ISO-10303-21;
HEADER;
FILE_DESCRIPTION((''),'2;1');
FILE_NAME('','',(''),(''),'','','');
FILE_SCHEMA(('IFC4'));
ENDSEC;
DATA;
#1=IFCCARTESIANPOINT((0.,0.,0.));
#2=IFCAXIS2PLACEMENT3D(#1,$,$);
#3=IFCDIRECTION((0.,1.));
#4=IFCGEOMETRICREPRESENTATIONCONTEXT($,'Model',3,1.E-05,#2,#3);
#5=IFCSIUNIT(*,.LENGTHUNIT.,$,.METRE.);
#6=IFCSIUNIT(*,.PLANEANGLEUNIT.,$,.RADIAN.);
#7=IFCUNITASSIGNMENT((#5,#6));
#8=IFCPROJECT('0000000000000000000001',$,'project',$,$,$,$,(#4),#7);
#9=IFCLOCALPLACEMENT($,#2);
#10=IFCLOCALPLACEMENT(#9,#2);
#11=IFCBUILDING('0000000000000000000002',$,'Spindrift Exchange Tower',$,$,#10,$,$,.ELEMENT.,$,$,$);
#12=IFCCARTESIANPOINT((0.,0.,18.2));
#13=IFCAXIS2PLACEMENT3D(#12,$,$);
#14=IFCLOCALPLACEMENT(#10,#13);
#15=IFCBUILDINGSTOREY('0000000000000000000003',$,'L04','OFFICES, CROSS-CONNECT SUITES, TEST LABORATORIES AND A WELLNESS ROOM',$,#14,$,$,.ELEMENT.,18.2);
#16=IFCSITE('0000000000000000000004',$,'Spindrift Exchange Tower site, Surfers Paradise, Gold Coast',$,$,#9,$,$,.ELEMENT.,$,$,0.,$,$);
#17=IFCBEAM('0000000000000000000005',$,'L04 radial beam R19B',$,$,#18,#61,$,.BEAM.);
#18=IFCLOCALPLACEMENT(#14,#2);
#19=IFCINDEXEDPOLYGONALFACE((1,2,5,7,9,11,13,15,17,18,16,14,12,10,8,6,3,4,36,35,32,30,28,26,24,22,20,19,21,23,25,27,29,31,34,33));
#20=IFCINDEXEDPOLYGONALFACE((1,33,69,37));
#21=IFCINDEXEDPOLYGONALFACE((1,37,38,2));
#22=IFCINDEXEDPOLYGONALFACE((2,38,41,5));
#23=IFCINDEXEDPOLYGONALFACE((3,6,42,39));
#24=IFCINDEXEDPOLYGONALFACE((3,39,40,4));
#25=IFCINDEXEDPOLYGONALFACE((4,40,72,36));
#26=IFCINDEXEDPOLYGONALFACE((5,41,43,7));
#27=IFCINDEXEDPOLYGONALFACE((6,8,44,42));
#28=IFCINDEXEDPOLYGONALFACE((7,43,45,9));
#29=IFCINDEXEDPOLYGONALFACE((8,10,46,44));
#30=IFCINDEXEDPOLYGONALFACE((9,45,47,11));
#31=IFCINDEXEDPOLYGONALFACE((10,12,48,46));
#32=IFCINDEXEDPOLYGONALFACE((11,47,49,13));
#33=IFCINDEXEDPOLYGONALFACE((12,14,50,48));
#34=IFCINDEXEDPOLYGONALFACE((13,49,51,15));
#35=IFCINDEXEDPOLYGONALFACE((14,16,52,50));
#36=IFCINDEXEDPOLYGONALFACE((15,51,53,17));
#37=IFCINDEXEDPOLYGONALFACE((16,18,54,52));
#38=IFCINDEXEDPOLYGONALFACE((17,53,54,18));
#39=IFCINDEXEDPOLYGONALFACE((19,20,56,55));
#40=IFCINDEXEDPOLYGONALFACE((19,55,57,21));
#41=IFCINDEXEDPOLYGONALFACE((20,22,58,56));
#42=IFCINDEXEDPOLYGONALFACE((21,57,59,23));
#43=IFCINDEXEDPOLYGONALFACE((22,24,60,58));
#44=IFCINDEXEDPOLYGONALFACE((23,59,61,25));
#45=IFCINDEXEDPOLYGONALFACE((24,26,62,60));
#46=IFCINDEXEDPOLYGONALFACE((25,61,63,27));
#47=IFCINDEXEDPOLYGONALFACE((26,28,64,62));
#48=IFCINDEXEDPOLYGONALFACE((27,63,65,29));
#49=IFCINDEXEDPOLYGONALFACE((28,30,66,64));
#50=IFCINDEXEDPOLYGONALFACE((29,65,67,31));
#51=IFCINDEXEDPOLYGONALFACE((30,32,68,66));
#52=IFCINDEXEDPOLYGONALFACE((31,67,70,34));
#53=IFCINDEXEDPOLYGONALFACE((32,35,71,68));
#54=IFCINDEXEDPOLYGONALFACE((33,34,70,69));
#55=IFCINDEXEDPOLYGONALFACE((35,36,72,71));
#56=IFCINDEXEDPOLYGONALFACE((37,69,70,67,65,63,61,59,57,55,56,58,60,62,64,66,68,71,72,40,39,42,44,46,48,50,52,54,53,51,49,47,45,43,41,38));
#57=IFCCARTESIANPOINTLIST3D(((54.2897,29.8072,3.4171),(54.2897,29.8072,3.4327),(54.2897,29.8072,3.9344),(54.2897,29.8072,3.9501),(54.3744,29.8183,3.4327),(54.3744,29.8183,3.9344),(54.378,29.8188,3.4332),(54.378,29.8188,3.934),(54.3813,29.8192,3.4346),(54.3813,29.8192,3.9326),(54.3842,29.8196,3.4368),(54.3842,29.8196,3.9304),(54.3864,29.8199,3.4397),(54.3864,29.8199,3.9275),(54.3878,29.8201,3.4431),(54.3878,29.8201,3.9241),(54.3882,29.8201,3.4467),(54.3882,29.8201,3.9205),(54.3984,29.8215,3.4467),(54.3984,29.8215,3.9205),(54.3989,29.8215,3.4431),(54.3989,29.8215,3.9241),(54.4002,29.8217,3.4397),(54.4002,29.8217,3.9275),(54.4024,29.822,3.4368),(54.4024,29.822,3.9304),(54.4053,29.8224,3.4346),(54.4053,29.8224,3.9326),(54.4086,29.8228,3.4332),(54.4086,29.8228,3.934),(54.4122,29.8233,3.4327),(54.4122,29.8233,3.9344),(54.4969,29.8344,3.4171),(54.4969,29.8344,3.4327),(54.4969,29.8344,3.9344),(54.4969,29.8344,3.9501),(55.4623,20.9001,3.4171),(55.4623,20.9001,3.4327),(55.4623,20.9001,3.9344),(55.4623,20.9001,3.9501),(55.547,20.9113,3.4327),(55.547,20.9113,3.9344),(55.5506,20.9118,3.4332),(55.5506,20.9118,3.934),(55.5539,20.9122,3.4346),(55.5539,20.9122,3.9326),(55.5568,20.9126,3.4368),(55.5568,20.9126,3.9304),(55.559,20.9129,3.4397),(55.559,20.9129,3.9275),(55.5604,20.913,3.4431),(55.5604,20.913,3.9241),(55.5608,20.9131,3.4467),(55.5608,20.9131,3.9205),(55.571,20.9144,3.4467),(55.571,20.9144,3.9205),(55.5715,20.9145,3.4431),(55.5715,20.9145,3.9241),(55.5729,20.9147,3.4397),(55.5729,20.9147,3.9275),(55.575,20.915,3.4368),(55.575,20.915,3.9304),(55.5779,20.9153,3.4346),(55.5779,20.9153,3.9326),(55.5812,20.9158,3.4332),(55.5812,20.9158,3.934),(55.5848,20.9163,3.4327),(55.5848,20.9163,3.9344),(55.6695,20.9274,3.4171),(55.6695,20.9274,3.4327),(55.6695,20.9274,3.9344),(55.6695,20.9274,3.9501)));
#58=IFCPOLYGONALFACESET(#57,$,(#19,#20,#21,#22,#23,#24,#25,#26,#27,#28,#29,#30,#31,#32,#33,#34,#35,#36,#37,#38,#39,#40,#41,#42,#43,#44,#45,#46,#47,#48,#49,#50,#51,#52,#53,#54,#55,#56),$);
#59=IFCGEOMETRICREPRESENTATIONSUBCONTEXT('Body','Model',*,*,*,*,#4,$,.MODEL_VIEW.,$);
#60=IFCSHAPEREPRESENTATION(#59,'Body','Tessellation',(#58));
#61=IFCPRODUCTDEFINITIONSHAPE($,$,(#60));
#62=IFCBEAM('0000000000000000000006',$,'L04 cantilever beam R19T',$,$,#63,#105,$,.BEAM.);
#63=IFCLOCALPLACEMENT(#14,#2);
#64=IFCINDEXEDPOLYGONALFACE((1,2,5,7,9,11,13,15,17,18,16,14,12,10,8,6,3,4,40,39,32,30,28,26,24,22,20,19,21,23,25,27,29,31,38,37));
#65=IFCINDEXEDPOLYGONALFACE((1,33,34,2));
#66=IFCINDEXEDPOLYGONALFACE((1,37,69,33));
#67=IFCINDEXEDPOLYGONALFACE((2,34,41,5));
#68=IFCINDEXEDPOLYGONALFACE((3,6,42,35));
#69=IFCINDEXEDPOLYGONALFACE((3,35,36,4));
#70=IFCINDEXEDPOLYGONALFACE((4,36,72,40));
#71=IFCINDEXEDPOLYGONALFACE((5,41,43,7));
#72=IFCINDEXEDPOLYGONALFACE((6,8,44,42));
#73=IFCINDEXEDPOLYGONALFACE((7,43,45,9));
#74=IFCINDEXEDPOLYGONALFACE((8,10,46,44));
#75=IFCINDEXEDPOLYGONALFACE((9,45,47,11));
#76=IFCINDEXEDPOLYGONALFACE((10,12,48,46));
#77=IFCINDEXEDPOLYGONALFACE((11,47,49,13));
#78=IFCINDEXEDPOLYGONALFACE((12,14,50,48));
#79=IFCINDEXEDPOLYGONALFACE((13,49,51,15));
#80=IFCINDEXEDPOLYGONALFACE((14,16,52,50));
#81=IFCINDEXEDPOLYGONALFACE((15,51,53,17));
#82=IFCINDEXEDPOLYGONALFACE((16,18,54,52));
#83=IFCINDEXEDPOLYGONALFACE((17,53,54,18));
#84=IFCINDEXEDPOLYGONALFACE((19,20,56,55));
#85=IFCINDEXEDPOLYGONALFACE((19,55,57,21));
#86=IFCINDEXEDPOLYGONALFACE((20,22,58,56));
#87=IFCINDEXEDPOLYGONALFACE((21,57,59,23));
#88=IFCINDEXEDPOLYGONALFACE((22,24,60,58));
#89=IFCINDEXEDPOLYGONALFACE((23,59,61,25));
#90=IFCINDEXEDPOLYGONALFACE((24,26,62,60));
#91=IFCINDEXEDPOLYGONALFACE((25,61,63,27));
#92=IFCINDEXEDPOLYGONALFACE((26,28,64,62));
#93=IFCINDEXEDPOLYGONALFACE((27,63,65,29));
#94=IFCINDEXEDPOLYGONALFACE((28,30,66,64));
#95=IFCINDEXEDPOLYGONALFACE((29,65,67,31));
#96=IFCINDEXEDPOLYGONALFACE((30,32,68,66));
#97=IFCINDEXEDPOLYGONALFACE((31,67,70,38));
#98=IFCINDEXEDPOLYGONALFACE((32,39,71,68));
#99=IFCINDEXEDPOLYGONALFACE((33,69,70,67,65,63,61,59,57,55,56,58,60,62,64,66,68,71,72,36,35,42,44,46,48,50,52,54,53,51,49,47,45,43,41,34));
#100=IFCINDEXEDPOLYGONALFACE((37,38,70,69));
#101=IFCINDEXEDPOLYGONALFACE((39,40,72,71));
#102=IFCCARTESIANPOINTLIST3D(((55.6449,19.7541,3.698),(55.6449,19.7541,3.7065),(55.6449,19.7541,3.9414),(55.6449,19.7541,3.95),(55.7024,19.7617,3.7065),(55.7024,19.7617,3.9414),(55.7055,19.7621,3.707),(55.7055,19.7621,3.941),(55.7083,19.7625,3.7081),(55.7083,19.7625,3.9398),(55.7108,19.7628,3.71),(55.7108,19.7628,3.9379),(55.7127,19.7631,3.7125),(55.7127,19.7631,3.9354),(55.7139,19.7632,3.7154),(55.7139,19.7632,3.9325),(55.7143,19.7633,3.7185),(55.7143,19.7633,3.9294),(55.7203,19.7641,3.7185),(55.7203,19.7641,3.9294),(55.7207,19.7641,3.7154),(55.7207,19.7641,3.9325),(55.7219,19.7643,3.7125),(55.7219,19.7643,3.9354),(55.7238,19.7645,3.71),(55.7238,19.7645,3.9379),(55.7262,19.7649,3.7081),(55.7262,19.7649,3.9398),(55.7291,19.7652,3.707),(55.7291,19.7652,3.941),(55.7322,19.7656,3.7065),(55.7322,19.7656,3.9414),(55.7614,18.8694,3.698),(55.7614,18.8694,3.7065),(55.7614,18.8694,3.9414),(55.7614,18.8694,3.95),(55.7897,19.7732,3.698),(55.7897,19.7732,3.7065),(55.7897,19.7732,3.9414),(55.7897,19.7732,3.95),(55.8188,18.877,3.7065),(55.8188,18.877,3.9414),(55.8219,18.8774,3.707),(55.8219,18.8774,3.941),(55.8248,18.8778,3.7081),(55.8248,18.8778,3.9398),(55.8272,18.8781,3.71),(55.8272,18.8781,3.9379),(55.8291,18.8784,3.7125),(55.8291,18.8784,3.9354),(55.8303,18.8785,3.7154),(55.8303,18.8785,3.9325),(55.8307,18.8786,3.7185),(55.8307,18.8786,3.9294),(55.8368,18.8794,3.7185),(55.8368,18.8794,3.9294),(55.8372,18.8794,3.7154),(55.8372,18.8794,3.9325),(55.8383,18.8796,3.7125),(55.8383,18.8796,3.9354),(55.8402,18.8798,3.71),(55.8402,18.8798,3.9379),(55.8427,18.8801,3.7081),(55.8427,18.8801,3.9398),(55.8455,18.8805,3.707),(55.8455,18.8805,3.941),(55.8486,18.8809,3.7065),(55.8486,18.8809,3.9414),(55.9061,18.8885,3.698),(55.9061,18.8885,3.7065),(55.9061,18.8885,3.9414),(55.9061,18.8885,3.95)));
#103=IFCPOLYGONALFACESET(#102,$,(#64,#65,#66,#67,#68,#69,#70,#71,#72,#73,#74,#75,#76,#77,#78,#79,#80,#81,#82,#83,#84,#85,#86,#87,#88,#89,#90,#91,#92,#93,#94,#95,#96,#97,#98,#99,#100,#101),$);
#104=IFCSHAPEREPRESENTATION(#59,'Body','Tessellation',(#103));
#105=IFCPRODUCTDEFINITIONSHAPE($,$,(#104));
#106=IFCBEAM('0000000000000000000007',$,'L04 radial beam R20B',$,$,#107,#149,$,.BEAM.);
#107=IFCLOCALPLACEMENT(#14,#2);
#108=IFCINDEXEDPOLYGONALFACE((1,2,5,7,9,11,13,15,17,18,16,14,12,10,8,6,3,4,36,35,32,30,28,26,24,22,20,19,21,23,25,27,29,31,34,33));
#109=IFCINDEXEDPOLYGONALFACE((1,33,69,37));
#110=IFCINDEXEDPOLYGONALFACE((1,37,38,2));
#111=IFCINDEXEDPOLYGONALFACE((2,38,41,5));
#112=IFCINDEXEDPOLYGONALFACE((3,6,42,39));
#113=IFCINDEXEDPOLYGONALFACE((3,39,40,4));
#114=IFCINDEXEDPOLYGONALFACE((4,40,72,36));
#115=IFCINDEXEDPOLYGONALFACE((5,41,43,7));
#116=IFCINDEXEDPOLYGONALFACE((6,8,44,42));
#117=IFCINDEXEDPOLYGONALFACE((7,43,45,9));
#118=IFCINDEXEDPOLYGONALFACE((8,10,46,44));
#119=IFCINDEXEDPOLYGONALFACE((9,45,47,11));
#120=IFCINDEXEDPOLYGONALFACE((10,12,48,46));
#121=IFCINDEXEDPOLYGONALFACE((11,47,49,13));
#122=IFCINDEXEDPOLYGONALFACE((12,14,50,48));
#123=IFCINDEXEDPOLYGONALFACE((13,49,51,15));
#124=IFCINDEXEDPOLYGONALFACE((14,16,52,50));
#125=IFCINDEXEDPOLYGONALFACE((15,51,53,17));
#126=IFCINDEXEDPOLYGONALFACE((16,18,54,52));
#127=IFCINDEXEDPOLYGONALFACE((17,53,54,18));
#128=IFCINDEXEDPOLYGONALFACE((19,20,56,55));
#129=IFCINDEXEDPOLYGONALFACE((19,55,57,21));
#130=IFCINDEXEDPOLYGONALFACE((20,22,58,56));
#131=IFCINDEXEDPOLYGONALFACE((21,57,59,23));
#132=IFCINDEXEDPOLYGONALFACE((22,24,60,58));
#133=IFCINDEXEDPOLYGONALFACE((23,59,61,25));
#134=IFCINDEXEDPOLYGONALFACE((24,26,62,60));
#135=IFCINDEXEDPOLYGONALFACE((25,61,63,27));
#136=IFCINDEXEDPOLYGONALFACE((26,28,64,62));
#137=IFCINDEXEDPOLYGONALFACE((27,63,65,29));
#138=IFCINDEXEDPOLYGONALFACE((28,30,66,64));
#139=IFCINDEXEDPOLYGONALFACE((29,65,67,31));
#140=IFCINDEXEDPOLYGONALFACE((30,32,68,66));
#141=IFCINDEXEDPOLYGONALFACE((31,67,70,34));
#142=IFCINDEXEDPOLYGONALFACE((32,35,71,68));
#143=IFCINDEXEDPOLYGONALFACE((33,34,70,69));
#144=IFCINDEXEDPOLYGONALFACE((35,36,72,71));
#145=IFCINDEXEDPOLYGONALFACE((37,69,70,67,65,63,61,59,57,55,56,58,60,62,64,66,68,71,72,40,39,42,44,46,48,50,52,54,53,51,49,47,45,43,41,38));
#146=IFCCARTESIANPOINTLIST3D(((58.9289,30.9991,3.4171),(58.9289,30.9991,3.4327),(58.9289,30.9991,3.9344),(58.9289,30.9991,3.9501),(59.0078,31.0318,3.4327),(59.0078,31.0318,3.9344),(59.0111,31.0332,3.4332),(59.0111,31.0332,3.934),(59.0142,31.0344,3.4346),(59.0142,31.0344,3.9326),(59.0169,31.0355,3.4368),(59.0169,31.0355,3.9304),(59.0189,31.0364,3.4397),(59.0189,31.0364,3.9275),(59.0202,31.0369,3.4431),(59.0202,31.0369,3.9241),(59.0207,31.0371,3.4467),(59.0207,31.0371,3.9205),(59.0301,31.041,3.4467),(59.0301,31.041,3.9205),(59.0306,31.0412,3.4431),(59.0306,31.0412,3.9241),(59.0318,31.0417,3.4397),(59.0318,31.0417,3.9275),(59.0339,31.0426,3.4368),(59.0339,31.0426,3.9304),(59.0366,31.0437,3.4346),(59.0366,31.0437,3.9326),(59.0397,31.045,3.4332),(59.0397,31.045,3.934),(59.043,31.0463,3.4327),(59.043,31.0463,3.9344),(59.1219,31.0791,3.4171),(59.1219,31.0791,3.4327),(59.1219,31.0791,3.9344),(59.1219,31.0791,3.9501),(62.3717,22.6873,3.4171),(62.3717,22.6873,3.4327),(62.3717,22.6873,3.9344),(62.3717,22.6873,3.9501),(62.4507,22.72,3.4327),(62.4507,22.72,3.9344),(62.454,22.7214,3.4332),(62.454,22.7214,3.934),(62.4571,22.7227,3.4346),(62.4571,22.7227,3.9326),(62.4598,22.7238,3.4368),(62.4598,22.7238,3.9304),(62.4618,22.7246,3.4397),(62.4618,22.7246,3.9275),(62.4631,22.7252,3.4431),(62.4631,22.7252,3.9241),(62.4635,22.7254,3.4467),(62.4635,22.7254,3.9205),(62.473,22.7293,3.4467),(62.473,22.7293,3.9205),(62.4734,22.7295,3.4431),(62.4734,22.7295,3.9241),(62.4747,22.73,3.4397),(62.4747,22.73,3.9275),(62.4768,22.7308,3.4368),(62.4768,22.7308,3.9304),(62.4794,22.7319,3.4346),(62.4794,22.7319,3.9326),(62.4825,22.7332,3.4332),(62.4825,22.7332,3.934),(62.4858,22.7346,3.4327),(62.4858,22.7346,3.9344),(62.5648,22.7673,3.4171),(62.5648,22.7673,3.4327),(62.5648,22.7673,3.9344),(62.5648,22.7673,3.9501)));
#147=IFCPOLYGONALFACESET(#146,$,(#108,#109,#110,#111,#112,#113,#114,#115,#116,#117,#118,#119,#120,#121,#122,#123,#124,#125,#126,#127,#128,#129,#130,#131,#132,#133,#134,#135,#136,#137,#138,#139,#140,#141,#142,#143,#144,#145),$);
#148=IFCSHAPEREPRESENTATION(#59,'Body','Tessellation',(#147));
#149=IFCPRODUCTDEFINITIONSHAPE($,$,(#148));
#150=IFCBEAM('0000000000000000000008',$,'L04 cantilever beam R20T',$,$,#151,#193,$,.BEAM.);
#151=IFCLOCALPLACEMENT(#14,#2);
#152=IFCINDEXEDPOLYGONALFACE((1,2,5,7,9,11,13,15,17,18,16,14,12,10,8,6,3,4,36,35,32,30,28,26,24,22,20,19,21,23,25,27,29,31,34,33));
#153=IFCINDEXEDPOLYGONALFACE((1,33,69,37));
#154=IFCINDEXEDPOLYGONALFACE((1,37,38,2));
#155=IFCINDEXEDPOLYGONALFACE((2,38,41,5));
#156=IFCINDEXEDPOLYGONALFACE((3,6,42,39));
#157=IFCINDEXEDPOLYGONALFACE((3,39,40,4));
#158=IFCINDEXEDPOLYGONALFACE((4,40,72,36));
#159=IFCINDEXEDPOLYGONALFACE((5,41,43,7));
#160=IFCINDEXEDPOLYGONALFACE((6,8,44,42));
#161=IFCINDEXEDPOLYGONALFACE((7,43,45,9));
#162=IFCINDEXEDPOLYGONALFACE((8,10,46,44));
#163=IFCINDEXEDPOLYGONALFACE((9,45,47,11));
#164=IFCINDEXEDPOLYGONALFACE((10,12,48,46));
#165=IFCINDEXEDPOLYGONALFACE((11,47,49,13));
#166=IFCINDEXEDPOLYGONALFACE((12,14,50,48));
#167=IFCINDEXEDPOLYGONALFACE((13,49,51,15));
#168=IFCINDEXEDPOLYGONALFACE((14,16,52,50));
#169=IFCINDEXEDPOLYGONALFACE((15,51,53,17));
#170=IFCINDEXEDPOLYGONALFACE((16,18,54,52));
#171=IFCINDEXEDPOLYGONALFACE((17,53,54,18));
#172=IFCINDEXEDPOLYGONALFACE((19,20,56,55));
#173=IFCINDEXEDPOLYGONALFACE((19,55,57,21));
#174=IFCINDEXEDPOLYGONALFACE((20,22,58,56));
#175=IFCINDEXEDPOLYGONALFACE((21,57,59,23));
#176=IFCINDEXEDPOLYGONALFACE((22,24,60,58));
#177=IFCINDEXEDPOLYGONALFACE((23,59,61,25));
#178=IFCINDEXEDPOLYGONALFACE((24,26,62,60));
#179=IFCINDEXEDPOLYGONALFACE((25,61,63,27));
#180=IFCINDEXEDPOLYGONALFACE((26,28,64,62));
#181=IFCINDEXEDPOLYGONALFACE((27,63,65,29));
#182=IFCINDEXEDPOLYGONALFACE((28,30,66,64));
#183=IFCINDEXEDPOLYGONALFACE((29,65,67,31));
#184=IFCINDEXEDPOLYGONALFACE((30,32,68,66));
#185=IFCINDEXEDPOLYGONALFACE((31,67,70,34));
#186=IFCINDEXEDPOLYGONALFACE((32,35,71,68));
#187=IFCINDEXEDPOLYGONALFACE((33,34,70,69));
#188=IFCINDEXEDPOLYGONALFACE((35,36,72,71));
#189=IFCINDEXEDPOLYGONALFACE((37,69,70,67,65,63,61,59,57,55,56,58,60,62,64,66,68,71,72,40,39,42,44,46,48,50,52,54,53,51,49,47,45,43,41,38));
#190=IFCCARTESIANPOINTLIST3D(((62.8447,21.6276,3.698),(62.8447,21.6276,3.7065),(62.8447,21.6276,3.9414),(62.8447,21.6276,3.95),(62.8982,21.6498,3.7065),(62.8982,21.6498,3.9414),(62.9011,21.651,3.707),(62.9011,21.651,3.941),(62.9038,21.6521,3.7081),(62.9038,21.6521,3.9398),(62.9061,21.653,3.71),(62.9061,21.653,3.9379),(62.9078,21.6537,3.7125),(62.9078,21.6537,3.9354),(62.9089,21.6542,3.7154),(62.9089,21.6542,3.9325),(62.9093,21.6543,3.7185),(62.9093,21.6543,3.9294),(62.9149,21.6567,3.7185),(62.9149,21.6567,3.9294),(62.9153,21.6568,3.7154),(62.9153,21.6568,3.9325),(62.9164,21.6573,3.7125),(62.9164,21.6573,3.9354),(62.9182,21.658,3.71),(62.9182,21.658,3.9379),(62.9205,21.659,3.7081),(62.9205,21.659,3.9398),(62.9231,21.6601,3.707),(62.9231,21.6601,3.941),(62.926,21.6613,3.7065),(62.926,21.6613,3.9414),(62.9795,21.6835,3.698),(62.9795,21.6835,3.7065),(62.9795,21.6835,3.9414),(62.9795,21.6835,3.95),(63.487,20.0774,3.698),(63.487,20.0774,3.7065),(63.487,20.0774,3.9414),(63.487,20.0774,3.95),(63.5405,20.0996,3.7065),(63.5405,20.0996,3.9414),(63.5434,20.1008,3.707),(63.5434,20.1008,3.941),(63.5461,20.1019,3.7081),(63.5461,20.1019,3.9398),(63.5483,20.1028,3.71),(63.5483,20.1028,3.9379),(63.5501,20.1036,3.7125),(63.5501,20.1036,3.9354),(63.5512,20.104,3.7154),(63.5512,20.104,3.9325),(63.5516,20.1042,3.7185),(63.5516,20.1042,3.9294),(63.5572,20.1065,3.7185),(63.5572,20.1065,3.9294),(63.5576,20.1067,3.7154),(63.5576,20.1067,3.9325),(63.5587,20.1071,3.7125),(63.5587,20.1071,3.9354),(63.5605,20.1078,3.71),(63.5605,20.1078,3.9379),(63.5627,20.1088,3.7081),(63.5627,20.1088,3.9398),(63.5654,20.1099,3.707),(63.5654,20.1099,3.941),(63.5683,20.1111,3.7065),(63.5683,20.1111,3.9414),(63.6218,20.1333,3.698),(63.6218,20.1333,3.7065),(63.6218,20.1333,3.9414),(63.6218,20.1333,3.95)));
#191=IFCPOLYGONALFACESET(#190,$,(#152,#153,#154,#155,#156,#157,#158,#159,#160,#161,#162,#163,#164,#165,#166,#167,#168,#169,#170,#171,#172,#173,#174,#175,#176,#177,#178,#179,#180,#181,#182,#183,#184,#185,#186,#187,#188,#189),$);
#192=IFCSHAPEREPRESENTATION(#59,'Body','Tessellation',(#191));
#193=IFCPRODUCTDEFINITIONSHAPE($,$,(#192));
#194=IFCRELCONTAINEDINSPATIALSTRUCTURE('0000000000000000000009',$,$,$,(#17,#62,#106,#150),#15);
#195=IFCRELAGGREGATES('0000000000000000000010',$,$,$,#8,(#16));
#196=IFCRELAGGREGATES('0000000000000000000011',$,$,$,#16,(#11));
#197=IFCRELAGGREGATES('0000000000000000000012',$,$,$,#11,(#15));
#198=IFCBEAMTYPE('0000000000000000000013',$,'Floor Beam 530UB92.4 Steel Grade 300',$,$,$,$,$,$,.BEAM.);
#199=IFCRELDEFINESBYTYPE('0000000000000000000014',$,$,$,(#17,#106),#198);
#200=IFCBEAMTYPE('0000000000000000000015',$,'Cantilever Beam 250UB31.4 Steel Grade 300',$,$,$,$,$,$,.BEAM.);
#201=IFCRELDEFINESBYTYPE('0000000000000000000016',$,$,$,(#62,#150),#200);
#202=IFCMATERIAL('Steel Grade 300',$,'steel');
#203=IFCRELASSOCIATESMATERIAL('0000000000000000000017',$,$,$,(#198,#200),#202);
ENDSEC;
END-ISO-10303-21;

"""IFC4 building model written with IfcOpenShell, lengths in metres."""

from ifc_helpers import new_model, si_unit, direction, frame, origin, origin_2d, place, context, subcontext, project, spatial, i_section, extrude, source, transform, mapped, material, material_profile, profile_set, type_object, element, save


model = new_model("IFC4")

# Units and contexts
model_context = context("Model", 3, precision=1e-05, world=origin(), true_north=direction((0.0, 1.0)))
body_context = subcontext(model_context, "Body", "Model", "MODEL_VIEW")
ifc_project = project(units=[si_unit("LENGTHUNIT", "METRE"), si_unit("PLANEANGLEUNIT", "RADIAN")], contexts=[model_context])

# Site, building, storey
site_placement = place(None, origin())
site = spatial("IfcSite", under=ifc_project, at=site_placement, Name="Spindrift Exchange Tower site, Surfers Paradise, Gold Coast", CompositionType="ELEMENT", RefElevation=0.0)
building_placement = place(site_placement, origin())
building = spatial("IfcBuilding", under=site, at=building_placement, Name="Spindrift Exchange Tower", CompositionType="ELEMENT")
storey_placement = place(building_placement, frame((0.0, 0.0, 18.2)))
storey = spatial("IfcBuildingStorey", under=building, at=storey_placement, Name="L04", Description="OFFICES, CROSS-CONNECT SUITES, TEST LABORATORIES AND A WELLNESS ROOM", CompositionType="ELEMENT", Elevation=18.2)

# Beams
ifc_material_1 = material(Name="Steel Grade 300", Category="steel")
ifc_material_profile_1 = material_profile(ifc_material_1, i_section(OverallWidth=0.209, OverallDepth=0.533, WebThickness=0.0103, FlangeThickness=0.0156, FilletRadius=0.0139, at=origin_2d()), Name="530UB92.4")
ifc_profile_set_1 = profile_set([ifc_material_profile_1], Name="Steel Grade 300")
beam_type_1 = type_object("IfcBeamType", Name="Floor Beam 530UB92.4 Steel Grade 300", PredefinedType="BEAM", material=ifc_profile_set_1)
shared_shape_1 = source(origin(), body_context, "Body", "SweptSolid", [
    extrude(i_section(OverallWidth=0.209, OverallDepth=0.533, WebThickness=0.0103, FlangeThickness=0.0156, FilletRadius=0.0139, at=origin_2d()), origin(), (0.0, 0.0, 1.0), 8.9839),
])
beam_1_placement = place(storey_placement, frame((54.3933, 29.8208, 3.6836), z_axis=(0.130524, -0.991445, 0.0), x_axis=(0.991445, 0.130524, 0.0)))
element("IfcBeam", 1, at=beam_1_placement, inside=storey, type_object=beam_type_1, Name="L04 radial beam R19B", PredefinedType="BEAM", context=body_context, shape_type="MappedRepresentation", body=[
    mapped(shared_shape_1, transform((0.0, 0.0, 0.0), scale=1.0)),
])
ifc_material_profile_2 = material_profile(ifc_material_1, i_section(OverallWidth=0.146, OverallDepth=0.252, WebThickness=0.0061, FlangeThickness=0.0085, FilletRadius=0.012, at=origin_2d()), Name="250UB31.4")
ifc_profile_set_2 = profile_set([ifc_material_profile_2], Name="Steel Grade 300")
beam_type_2 = type_object("IfcBeamType", Name="Cantilever Beam 250UB31.4 Steel Grade 300", PredefinedType="BEAM", material=ifc_profile_set_2)
shared_shape_2 = source(origin(), body_context, "Body", "SweptSolid", [
    extrude(i_section(OverallWidth=0.146, OverallDepth=0.252, WebThickness=0.0061, FlangeThickness=0.0085, FilletRadius=0.012, at=origin_2d()), origin(), (0.0, 0.0, 1.0), 0.8923),
])
beam_2_placement = place(storey_placement, frame((55.7173, 19.7637, 3.824), z_axis=(0.130497, -0.991449, 0.0), x_axis=(0.991449, 0.130497, 0.0)))
element("IfcBeam", 2, at=beam_2_placement, inside=storey, type_object=beam_type_2, Name="L04 cantilever beam R19T", PredefinedType="BEAM", context=body_context, shape_type="MappedRepresentation", body=[
    mapped(shared_shape_2, transform((0.0, 0.0, 0.0), scale=1.0)),
])
shared_shape_3 = source(origin(), body_context, "Body", "SweptSolid", [
    extrude(i_section(OverallWidth=0.209, OverallDepth=0.533, WebThickness=0.0103, FlangeThickness=0.0156, FilletRadius=0.0139, at=origin_2d()), origin(), (0.0, 0.0, 1.0), 8.9966),
])
beam_3_placement = place(storey_placement, frame((59.0254, 31.0391, 3.6836), z_axis=(0.382686, -0.923879, 0.0), x_axis=(0.923879, 0.382686, 0.0)))
element("IfcBeam", 3, at=beam_3_placement, inside=storey, type_object=beam_type_1, Name="L04 radial beam R20B", PredefinedType="BEAM", context=body_context, shape_type="MappedRepresentation", body=[
    mapped(shared_shape_3, transform((0.0, 0.0, 0.0), scale=1.0)),
])
shared_shape_4 = source(origin(), body_context, "Body", "SweptSolid", [
    extrude(i_section(OverallWidth=0.146, OverallDepth=0.252, WebThickness=0.0061, FlangeThickness=0.0085, FilletRadius=0.012, at=origin_2d()), origin(), (0.0, 0.0, 1.0), 1.678),
])
beam_4_placement = place(storey_placement, frame((62.9121, 21.6555, 3.824), z_axis=(0.382776, -0.923841, 0.0), x_axis=(0.923841, 0.382776, 0.0)))
element("IfcBeam", 4, at=beam_4_placement, inside=storey, type_object=beam_type_2, Name="L04 cantilever beam R20T", PredefinedType="BEAM", context=body_context, shape_type="MappedRepresentation", body=[
    mapped(shared_shape_4, transform((0.0, 0.0, 0.0), scale=1.0)),
])

save(model, "model.ifc")
